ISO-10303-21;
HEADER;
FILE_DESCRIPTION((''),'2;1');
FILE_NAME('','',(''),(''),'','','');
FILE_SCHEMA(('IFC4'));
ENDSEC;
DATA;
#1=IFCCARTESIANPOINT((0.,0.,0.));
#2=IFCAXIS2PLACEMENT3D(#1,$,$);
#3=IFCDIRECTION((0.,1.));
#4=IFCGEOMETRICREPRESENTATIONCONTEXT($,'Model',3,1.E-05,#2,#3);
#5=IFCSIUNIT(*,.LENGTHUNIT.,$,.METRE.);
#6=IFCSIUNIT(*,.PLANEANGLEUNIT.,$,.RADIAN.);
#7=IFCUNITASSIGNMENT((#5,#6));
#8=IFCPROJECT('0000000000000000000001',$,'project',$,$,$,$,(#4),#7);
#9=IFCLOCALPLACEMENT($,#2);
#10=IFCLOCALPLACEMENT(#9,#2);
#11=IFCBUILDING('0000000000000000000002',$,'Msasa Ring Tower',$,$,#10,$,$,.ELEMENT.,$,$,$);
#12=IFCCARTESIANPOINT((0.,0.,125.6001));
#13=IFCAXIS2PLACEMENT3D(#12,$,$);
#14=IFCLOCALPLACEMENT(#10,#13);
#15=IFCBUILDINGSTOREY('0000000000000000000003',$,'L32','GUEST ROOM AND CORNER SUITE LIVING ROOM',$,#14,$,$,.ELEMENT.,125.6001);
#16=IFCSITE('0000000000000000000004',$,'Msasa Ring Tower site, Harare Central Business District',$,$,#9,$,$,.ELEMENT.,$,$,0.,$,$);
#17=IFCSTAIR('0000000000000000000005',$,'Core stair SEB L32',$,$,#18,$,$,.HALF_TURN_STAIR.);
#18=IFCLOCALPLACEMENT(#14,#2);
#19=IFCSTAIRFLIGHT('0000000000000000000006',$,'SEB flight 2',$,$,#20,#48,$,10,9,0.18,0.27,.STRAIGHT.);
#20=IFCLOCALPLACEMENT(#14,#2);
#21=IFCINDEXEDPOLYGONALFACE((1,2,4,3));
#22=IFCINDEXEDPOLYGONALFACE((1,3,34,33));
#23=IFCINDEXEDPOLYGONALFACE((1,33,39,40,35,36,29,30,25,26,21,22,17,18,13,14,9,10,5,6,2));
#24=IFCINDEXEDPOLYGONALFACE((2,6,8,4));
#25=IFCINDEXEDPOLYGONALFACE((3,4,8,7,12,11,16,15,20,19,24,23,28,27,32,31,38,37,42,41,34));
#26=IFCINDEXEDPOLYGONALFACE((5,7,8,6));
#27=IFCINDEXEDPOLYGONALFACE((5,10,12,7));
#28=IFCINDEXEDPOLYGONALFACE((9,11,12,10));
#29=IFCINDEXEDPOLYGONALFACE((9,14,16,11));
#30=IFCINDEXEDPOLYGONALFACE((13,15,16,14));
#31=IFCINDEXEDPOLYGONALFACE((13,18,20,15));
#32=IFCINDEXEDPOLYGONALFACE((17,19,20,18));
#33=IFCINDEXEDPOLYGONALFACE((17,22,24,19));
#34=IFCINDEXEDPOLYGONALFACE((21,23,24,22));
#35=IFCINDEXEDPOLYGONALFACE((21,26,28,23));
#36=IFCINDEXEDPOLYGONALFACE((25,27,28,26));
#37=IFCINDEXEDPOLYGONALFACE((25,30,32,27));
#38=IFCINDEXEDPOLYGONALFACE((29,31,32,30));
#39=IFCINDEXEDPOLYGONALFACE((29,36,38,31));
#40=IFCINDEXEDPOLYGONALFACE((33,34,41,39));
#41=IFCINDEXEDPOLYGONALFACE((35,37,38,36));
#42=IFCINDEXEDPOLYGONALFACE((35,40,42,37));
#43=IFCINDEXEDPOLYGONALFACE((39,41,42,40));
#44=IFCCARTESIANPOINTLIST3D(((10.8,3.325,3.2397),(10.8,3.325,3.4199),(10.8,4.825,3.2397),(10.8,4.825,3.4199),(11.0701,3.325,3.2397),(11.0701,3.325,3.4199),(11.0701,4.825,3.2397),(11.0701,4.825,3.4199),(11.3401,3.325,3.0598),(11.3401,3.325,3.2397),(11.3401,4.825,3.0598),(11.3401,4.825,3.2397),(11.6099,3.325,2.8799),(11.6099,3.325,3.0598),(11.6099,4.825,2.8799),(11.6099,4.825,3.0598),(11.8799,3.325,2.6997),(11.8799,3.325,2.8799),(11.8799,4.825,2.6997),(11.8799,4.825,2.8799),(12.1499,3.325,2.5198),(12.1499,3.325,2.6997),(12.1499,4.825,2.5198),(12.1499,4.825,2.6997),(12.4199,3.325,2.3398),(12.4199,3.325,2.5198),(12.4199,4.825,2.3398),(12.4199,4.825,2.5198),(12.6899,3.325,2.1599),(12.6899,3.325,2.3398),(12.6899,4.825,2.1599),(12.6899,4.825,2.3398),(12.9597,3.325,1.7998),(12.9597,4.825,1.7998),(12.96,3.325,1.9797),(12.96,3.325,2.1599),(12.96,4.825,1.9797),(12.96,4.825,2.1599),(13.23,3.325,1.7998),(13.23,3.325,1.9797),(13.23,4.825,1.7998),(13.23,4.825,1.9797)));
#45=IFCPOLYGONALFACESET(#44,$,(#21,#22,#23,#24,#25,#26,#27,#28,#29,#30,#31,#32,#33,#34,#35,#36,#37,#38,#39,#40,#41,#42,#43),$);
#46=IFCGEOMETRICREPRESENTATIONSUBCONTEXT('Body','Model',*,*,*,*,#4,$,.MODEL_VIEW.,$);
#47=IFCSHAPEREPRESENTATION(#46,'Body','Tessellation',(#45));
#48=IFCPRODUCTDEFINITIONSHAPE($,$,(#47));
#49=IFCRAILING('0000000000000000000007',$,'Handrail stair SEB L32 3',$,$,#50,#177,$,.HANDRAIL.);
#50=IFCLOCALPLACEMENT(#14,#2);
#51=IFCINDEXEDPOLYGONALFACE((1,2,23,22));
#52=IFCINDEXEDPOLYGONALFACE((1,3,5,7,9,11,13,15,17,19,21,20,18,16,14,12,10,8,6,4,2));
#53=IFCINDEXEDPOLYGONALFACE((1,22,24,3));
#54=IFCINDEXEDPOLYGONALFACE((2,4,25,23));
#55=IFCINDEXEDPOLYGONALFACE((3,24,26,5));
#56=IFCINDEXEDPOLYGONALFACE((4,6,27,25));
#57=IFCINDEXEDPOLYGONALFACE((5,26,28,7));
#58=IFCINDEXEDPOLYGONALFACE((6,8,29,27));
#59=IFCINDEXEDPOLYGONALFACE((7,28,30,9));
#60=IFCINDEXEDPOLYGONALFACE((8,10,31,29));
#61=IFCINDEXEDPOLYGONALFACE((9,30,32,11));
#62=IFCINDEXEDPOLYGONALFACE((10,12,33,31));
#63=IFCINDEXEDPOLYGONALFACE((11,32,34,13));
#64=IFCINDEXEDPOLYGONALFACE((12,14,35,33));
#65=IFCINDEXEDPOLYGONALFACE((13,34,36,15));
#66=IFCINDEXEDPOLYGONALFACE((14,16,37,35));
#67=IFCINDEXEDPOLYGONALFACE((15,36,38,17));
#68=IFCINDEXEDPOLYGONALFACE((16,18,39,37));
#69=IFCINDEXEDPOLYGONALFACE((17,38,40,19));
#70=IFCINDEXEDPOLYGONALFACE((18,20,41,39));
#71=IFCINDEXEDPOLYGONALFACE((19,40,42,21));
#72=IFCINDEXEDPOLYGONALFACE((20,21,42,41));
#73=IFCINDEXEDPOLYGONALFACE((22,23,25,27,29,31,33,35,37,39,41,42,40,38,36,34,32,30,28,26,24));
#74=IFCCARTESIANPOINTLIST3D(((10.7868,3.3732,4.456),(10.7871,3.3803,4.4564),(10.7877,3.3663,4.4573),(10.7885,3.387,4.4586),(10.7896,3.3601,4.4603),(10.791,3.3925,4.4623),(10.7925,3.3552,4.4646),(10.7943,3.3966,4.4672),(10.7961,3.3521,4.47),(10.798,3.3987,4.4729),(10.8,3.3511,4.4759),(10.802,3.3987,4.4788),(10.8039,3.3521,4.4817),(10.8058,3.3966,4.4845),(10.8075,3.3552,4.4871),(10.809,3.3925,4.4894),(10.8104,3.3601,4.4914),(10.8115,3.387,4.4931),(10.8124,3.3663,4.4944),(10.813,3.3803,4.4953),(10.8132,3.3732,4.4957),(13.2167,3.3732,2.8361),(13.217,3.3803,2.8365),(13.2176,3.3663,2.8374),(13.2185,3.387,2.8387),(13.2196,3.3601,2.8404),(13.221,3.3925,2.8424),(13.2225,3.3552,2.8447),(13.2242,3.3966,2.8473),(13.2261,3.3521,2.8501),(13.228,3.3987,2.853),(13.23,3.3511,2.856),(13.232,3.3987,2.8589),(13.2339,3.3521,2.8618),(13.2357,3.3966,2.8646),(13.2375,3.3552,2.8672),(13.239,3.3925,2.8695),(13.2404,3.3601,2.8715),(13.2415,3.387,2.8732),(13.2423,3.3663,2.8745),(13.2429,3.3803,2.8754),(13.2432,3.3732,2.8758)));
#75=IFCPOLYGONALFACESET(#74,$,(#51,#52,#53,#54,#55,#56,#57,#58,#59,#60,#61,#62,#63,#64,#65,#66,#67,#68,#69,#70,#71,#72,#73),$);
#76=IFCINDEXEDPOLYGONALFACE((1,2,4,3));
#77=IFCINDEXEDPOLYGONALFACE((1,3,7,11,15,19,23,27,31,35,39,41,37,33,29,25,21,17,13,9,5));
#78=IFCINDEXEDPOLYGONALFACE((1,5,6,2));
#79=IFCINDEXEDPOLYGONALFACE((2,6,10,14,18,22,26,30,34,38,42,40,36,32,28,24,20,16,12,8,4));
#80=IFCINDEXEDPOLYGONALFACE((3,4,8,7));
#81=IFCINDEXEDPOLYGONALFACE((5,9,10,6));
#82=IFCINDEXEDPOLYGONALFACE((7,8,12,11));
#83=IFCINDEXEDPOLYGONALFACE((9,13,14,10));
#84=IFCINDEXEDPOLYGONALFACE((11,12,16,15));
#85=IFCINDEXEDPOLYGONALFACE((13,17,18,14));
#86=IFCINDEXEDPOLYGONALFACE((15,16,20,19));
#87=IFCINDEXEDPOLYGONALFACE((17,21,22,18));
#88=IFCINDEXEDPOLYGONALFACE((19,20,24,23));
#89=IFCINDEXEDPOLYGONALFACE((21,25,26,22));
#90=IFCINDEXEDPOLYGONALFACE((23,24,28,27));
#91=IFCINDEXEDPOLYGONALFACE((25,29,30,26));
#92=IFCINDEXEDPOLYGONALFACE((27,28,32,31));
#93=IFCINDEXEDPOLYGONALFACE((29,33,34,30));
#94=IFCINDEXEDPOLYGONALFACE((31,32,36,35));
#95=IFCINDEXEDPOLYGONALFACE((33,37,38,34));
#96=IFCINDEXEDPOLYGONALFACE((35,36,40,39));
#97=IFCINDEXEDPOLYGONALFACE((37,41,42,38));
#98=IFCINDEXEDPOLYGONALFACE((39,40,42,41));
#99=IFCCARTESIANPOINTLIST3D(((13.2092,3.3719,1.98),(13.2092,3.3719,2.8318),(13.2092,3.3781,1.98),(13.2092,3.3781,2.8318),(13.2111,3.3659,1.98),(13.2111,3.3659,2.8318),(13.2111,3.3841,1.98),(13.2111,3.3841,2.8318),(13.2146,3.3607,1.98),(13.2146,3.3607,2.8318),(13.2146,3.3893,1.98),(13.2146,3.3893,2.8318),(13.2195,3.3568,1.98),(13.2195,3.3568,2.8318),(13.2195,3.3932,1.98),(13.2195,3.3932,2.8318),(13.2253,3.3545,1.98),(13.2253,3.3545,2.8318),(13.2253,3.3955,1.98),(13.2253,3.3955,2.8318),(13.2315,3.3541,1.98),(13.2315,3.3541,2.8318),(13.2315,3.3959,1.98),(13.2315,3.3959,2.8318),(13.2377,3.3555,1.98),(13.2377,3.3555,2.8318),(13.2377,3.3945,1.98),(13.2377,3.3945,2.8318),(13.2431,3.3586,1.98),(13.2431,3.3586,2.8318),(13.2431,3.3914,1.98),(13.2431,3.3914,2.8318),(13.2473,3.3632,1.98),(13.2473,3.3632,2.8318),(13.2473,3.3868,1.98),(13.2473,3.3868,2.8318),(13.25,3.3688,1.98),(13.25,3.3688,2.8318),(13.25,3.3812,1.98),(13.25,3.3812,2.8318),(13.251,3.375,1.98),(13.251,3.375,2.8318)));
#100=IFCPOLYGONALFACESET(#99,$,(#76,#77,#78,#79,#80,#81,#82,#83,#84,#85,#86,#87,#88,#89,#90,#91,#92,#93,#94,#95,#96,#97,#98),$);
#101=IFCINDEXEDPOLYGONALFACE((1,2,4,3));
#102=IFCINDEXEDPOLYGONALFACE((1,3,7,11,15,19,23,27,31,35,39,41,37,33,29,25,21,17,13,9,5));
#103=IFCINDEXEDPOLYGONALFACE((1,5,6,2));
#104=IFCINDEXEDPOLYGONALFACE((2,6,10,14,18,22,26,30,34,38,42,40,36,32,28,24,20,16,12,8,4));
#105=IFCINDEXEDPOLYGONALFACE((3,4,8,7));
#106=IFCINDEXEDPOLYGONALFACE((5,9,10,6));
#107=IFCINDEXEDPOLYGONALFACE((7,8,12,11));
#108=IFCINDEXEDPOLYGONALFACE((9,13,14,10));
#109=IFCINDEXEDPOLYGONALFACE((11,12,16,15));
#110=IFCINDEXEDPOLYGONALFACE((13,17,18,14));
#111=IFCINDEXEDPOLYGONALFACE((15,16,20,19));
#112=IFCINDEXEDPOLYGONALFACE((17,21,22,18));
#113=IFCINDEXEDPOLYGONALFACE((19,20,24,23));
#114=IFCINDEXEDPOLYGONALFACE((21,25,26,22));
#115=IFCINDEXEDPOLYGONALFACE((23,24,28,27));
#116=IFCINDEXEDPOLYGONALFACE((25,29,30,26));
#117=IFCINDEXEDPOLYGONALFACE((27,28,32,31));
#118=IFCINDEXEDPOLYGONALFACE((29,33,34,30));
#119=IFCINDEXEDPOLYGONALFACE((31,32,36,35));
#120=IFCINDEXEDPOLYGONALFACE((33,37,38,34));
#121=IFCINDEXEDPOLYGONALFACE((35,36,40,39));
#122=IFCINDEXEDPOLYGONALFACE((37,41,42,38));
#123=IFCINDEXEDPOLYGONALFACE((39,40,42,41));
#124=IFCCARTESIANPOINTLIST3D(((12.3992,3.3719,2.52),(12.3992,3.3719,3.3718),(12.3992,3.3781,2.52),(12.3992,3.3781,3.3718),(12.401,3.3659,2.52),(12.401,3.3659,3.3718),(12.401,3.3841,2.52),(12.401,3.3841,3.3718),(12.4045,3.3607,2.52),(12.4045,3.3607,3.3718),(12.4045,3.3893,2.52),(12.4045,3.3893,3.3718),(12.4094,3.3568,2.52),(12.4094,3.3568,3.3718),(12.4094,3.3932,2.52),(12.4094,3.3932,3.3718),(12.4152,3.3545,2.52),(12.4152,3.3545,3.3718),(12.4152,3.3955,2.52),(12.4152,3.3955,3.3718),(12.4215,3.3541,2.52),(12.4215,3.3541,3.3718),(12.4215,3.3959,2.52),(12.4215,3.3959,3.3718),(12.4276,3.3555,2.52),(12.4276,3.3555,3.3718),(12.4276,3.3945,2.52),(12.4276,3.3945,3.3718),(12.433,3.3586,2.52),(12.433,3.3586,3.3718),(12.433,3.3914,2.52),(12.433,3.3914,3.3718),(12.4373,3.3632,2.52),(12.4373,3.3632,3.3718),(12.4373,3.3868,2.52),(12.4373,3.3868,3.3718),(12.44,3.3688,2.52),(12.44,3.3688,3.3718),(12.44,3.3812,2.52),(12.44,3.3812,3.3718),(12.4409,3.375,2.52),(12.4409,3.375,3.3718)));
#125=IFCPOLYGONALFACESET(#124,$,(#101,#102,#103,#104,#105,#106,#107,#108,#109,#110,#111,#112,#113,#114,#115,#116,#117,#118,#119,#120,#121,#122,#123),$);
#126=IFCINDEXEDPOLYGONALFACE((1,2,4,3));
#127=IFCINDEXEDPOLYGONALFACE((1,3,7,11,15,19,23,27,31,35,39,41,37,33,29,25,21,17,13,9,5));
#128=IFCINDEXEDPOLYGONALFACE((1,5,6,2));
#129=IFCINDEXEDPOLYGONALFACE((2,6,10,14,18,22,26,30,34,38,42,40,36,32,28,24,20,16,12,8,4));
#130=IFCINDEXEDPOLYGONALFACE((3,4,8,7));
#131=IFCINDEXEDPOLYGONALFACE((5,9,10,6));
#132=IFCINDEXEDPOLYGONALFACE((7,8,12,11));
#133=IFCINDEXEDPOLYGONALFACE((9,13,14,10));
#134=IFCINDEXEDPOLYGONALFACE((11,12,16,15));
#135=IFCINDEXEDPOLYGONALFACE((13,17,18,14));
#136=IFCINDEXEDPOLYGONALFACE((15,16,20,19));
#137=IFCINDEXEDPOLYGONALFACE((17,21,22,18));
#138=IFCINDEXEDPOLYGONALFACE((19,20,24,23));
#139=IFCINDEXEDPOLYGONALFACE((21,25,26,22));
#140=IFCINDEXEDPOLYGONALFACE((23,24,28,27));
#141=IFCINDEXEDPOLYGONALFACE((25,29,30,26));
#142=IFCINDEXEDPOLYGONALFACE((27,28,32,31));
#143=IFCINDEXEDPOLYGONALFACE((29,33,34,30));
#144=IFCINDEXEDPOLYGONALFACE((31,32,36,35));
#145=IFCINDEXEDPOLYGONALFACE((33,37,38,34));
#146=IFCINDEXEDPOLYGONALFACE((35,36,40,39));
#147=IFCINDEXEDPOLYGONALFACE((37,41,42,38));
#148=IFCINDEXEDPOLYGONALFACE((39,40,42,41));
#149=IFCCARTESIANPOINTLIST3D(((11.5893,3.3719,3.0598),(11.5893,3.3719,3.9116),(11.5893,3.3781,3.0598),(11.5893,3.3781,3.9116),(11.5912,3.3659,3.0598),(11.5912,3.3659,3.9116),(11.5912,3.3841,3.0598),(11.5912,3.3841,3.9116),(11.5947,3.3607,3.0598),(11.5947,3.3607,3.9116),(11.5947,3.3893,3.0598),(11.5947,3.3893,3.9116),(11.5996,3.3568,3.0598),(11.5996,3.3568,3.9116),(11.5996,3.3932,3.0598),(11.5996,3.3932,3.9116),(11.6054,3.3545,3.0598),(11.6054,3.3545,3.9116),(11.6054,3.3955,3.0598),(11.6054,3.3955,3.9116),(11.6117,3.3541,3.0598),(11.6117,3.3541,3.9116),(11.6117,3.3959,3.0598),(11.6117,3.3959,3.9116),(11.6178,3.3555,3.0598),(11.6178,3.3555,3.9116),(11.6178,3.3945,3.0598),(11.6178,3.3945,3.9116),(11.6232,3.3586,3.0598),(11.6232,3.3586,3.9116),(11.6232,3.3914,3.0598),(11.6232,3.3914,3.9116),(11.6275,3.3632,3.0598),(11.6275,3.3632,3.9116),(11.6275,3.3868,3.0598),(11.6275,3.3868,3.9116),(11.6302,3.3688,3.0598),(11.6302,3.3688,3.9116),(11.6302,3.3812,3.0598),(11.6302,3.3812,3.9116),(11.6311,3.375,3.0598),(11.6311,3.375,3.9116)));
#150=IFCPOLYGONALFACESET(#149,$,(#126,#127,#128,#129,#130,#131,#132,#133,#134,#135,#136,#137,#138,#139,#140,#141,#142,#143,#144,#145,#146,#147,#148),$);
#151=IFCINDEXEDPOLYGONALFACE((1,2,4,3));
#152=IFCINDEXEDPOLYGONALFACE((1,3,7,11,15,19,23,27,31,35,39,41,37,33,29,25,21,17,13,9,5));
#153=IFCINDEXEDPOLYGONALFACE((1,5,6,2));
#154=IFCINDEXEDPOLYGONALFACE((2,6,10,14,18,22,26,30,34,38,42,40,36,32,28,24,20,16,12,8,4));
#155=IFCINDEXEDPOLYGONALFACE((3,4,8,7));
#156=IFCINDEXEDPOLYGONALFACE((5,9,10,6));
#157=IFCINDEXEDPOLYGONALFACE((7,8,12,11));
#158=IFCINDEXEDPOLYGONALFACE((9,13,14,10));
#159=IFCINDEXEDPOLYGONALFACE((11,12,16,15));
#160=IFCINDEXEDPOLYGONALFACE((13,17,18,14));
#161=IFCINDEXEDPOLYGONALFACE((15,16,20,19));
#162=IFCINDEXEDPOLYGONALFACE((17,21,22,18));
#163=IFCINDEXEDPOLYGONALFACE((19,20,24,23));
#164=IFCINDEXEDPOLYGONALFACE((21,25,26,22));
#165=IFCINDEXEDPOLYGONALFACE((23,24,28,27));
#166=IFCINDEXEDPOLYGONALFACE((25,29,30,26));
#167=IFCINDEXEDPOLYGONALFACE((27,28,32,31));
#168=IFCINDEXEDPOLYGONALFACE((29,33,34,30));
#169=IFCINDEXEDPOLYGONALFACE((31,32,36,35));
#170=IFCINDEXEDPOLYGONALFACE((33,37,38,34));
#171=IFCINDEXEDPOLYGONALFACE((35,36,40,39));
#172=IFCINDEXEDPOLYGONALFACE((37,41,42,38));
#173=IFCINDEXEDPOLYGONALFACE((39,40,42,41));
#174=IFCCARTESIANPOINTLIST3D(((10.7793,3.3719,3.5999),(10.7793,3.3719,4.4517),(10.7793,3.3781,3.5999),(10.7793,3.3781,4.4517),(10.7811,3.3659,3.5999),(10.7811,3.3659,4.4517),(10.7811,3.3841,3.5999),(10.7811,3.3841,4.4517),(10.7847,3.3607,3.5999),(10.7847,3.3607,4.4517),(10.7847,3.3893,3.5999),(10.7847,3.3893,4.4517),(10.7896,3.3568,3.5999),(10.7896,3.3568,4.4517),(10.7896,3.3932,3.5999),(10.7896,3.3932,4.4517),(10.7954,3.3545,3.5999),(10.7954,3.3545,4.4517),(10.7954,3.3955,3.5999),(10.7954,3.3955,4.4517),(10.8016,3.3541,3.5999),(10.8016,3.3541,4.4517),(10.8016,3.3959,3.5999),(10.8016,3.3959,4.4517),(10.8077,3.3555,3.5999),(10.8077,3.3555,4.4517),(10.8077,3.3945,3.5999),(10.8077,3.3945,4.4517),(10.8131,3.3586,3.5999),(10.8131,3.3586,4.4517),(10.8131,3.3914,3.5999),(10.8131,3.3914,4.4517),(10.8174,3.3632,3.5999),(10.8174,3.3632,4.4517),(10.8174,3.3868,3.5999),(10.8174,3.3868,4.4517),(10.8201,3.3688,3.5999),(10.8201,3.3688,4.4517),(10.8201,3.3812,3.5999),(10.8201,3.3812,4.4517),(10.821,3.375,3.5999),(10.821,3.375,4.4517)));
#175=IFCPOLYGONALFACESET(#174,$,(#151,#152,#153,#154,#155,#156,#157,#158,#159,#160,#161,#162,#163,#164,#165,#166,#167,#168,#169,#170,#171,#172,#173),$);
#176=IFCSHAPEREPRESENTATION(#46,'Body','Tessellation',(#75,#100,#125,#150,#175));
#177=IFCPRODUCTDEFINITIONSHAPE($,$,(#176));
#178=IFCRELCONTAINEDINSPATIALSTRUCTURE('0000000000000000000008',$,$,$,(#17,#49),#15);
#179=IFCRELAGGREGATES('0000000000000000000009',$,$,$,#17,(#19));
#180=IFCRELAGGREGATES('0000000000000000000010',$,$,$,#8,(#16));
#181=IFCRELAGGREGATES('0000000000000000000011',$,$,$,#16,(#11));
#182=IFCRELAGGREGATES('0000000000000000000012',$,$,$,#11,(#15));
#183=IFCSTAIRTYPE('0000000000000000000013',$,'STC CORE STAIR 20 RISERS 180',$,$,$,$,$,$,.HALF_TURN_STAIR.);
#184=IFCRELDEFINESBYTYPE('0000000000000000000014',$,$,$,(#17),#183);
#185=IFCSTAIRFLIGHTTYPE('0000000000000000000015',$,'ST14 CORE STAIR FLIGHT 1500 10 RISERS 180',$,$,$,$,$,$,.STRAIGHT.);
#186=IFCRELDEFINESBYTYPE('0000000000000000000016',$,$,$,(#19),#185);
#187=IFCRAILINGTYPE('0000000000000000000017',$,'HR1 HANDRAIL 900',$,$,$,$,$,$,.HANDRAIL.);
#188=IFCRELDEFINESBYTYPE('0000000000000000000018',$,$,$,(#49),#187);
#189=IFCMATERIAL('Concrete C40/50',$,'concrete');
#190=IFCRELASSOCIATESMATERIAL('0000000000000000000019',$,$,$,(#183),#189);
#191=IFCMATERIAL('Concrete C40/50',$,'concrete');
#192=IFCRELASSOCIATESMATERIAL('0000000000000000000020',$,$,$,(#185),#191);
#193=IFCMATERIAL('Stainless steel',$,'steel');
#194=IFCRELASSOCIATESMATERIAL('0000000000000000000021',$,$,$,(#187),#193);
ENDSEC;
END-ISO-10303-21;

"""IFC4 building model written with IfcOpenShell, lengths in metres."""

from ifc_helpers import new_model, si_unit, direction, frame, origin, origin_2d, place, context, subcontext, project, spatial, polyline, circle, outline, extrude, material, type_object, element, aggregate, save


model = new_model("IFC4")

# Units and contexts
model_context = context("Model", 3, precision=1e-05, world=origin(), true_north=direction((0.0, 1.0)))
body_context = subcontext(model_context, "Body", "Model", "MODEL_VIEW")
ifc_project = project(units=[si_unit("LENGTHUNIT", "METRE"), si_unit("PLANEANGLEUNIT", "RADIAN")], contexts=[model_context])

# Site, building, storey
site_placement = place(None, origin())
site = spatial("IfcSite", under=ifc_project, at=site_placement, Name="Msasa Ring Tower site, Harare Central Business District", CompositionType="ELEMENT", RefElevation=0.0)
building_placement = place(site_placement, origin())
building = spatial("IfcBuilding", under=site, at=building_placement, Name="Msasa Ring Tower", CompositionType="ELEMENT")
storey_placement = place(building_placement, frame((0.0, 0.0, 125.6001)))
storey = spatial("IfcBuildingStorey", under=building, at=storey_placement, Name="L32", Description="GUEST ROOM AND CORNER SUITE LIVING ROOM", CompositionType="ELEMENT", Elevation=125.6001)

# Stair, stair flight
ifc_material_1 = material(Name="Concrete C40/50", Category="concrete")
stair_type = type_object("IfcStairType", Name="STC CORE STAIR 20 RISERS 180", PredefinedType="HALF_TURN_STAIR", material=ifc_material_1)
stair_placement = place(storey_placement, origin())
stair = element("IfcStair", 1, at=stair_placement, inside=storey, type_object=stair_type, Name="Core stair SEB L32", PredefinedType="HALF_TURN_STAIR")
ifc_material_2 = material(Name="Concrete C40/50", Category="concrete")
stair_flight_type = type_object("IfcStairFlightType", Name="ST14 CORE STAIR FLIGHT 1500 10 RISERS 180", PredefinedType="STRAIGHT", material=ifc_material_2)
stair_flight_placement = place(storey_placement, frame((13.23, 4.075, 1.7998), z_axis=(0.0, 0.0, 1.0), x_axis=(-1.0, 0.0, 0.0)))
stair_flight = element("IfcStairFlight", 2, at=stair_flight_placement, type_object=stair_flight_type, Name="SEB flight 2", NumberOfRisers=10, NumberOfTreads=9, PredefinedType="STRAIGHT", RiserHeight=0.18, TreadLength=0.27, context=body_context, shape_type="SweptSolid", body=[
    extrude(outline(polyline([(0.0, 0.0), (0.0, 0.1799), (0.27, 0.1799), (0.27, 0.3601), (0.54, 0.3601), (0.54, 0.54), (0.8101, 0.54), (0.8101, 0.72), (1.0801, 0.72), (1.0801, 0.8999), (1.3501, 0.8999), (1.3501, 1.0801), (1.6201, 1.0801), (1.6201, 1.26), (1.8899, 1.26), (1.8899, 1.4399), (2.1599, 1.4399), (2.1599, 1.6201), (2.4299, 1.6201), (2.4299, 1.8), (2.4299, 1.4399), (0.2703, 0.0), (0.0, 0.0)])), frame((0.0, 0.75, 0.0), z_axis=(0.0, -1.0, 0.0), x_axis=(1.0, 0.0, 0.0)), (0.0, 0.0, 1.0), 1.5),
])
aggregate(stair, [stair_flight])

# Railing
ifc_material_3 = material(Name="Stainless steel", Category="steel")
railing_type = type_object("IfcRailingType", Name="HR1 HANDRAIL 900", PredefinedType="HANDRAIL", material=ifc_material_3)
for number, where, name in (
    (3, (13.23, 3.375, 1.98), "Handrail stair SEB L32 3"),
):
    element("IfcRailing", number, at=place(storey_placement, frame(where)), inside=storey, type_object=railing_type, Name=name, PredefinedType="HANDRAIL", context=body_context, shape_type="SweptSolid", body=[
        extrude(circle(Radius=0.0239, at=origin_2d()), frame((0.0, 0.0, 0.876), z_axis=(-0.832063, 0.0, 0.554681), x_axis=(0.0, -1.0, 0.0)), (0.0, 0.0, 1.0), 2.9204),
        extrude(circle(Radius=0.021, at=origin_2d()), origin(), (0.0, 0.0, 1.0), 0.8518),
        extrude(circle(Radius=0.021, at=origin_2d()), frame((-0.8101, 0.0, 0.54)), (0.0, 0.0, 1.0), 0.8518),
        extrude(circle(Radius=0.021, at=origin_2d()), frame((-1.6199, 0.0, 1.0798)), (0.0, 0.0, 1.0), 0.8518),
        extrude(circle(Radius=0.021, at=origin_2d()), frame((-2.4299, 0.0, 1.6199)), (0.0, 0.0, 1.0), 0.8518),
    ])

save(model, "model.ifc")
